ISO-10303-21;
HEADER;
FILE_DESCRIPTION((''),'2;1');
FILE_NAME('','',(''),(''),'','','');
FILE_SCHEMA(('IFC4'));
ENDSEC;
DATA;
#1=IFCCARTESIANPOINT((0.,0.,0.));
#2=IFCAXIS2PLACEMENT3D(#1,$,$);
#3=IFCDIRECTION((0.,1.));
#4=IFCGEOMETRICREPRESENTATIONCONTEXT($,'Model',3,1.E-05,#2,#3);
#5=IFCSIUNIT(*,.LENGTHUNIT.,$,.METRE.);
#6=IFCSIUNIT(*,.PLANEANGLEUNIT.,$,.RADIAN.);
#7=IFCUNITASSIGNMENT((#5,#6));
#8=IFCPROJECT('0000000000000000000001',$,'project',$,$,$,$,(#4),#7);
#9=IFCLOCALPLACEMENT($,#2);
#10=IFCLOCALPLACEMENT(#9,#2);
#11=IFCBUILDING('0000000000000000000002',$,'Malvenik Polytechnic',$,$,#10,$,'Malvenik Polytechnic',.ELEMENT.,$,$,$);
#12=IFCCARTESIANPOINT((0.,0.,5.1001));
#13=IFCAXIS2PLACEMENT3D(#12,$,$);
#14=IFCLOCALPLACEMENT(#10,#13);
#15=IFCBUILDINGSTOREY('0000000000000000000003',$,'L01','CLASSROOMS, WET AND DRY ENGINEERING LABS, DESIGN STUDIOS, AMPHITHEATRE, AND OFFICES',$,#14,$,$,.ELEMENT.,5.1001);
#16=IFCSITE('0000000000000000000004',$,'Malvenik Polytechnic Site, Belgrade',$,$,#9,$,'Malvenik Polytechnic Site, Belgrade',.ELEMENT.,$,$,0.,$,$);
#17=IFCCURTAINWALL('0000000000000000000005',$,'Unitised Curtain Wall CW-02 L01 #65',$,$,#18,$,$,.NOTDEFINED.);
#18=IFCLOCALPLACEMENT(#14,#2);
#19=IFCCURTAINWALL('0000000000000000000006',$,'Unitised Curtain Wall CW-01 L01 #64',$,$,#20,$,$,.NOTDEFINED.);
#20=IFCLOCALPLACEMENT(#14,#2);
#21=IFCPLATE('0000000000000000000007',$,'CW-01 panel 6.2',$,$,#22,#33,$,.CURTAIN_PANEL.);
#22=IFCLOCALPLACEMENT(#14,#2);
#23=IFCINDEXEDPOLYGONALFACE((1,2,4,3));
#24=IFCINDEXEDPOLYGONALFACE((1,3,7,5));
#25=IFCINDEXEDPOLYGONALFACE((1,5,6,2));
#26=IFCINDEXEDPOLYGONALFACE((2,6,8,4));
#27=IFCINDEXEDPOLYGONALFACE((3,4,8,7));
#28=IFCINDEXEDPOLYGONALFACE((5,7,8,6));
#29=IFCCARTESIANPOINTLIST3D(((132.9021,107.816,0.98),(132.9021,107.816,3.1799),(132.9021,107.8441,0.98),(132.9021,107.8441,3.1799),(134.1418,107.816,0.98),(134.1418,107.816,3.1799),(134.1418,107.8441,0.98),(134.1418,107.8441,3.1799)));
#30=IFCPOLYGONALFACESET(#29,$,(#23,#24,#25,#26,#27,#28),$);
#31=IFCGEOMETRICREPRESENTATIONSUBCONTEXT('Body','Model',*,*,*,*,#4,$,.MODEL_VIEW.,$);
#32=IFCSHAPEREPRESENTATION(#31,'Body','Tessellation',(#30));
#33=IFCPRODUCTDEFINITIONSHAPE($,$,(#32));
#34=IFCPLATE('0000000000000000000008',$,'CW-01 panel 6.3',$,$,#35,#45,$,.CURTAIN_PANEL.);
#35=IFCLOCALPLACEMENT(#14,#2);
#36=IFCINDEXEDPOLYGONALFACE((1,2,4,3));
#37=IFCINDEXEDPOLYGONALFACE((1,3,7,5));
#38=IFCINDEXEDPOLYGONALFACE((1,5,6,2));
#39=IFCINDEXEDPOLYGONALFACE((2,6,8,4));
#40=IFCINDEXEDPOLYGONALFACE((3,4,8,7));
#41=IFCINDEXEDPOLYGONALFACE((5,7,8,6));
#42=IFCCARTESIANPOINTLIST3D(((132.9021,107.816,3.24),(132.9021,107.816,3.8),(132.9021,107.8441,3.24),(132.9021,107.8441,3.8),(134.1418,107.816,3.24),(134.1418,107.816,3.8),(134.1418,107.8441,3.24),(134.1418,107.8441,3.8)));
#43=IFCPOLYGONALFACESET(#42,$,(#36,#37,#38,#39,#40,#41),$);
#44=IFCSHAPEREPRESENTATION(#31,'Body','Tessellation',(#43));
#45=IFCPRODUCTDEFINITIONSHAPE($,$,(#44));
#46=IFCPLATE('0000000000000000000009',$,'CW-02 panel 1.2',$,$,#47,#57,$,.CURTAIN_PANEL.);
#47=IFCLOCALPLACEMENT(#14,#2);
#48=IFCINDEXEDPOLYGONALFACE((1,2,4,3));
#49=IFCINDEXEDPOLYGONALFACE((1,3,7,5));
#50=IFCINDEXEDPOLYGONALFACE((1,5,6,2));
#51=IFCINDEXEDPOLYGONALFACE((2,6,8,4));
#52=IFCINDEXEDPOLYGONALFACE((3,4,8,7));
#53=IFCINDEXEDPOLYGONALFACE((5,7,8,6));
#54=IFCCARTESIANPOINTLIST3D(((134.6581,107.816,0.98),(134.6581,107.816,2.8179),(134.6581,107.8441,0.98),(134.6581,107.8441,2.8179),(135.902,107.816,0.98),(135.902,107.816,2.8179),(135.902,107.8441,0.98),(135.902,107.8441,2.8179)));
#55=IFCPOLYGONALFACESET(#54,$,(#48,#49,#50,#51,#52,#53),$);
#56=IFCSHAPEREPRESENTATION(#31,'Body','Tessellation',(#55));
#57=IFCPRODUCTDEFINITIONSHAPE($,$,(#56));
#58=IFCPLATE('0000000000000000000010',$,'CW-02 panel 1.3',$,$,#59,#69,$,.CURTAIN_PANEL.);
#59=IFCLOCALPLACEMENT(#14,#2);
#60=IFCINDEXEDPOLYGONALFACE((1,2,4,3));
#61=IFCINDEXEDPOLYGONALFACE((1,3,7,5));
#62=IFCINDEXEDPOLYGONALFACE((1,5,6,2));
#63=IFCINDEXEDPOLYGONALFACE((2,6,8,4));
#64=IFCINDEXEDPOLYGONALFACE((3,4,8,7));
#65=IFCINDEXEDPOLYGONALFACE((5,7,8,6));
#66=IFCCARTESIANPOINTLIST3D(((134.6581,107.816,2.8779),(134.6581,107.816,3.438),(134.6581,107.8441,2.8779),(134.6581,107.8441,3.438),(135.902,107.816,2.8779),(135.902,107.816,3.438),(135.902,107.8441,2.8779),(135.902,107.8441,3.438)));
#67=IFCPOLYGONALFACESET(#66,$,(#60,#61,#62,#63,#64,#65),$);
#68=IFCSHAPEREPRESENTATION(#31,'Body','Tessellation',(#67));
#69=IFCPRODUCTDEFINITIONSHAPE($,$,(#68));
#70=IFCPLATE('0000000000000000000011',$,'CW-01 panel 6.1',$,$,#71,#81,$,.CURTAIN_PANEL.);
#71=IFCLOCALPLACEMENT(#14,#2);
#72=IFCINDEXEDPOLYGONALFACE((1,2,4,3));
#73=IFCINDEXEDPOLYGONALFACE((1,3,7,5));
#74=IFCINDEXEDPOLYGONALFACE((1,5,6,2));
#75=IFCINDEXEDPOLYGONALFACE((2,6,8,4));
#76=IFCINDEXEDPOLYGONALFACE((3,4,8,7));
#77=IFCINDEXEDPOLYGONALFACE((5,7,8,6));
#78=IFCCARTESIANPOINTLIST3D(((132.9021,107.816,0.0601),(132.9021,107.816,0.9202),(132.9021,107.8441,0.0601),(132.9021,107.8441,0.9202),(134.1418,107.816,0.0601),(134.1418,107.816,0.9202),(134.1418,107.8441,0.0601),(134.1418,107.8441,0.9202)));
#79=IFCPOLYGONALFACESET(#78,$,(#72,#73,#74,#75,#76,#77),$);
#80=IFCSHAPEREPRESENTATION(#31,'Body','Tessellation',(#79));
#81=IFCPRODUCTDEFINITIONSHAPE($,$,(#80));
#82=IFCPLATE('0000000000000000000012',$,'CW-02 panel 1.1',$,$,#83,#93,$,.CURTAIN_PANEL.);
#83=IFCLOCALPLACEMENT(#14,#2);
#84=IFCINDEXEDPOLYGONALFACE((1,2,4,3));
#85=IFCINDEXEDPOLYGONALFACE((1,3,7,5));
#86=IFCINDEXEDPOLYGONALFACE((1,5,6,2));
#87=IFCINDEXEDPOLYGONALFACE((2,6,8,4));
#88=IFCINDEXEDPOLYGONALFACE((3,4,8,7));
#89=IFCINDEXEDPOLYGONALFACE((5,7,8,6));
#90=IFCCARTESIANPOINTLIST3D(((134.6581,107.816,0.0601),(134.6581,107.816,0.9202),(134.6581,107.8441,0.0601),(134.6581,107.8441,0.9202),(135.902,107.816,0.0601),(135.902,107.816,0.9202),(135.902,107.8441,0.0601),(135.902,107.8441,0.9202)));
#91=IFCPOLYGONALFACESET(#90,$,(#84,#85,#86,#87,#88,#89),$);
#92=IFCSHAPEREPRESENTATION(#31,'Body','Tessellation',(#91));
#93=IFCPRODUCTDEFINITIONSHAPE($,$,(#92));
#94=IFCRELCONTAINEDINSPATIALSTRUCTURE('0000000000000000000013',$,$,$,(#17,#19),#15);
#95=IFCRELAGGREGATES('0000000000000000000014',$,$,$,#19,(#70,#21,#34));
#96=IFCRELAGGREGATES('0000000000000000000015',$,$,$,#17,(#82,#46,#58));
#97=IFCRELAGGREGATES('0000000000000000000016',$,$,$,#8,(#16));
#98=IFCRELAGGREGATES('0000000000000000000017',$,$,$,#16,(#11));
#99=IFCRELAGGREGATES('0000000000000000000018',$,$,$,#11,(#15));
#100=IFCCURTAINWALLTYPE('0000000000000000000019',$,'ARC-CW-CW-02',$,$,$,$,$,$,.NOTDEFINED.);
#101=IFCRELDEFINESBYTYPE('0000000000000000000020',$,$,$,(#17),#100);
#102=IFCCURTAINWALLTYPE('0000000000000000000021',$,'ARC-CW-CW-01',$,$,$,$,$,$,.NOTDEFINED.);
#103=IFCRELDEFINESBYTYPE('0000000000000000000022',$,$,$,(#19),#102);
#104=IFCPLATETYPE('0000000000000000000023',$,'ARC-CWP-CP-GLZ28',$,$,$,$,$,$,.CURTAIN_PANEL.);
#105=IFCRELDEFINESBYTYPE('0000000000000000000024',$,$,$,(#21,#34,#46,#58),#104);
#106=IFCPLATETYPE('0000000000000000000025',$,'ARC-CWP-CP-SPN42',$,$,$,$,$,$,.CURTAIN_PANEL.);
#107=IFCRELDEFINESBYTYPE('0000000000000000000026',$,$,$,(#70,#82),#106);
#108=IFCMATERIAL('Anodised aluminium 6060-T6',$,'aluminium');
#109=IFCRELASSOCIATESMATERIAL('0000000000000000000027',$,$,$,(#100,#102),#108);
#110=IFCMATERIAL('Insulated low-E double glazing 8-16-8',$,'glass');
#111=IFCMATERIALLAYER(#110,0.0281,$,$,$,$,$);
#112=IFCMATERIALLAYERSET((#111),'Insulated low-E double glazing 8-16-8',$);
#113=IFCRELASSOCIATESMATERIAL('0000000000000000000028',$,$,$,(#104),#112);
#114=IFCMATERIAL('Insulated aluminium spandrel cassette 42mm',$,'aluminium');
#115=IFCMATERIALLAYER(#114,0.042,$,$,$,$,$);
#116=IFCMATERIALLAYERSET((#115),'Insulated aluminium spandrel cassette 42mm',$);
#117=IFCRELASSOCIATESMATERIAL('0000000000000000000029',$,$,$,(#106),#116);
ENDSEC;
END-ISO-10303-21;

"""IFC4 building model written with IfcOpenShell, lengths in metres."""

from ifc_helpers import new_model, si_unit, direction, frame, origin, origin_2d, place, context, subcontext, project, spatial, rectangle, extrude, material, layer, layer_set, type_object, element, aggregate, save


model = new_model("IFC4")

# Units and contexts
model_context = context("Model", 3, precision=1e-05, world=origin(), true_north=direction((0.0, 1.0)))
body_context = subcontext(model_context, "Body", "Model", "MODEL_VIEW")
ifc_project = project(units=[si_unit("LENGTHUNIT", "METRE"), si_unit("PLANEANGLEUNIT", "RADIAN")], contexts=[model_context])

# Site, building, storey
site_placement = place(None, origin())
site = spatial("IfcSite", under=ifc_project, at=site_placement, Name="Malvenik Polytechnic Site, Belgrade", LongName="Malvenik Polytechnic Site, Belgrade", CompositionType="ELEMENT", RefElevation=0.0)
building_placement = place(site_placement, origin())
building = spatial("IfcBuilding", under=site, at=building_placement, Name="Malvenik Polytechnic", LongName="Malvenik Polytechnic", CompositionType="ELEMENT")
storey_placement = place(building_placement, frame((0.0, 0.0, 5.1001)))
storey = spatial("IfcBuildingStorey", under=building, at=storey_placement, Name="L01", Description="CLASSROOMS, WET AND DRY ENGINEERING LABS, DESIGN STUDIOS, AMPHITHEATRE, AND OFFICES", CompositionType="ELEMENT", Elevation=5.1001)

# Curtain walls
ifc_material_1 = material(Name="Anodised aluminium 6060-T6", Category="aluminium")
curtain_wall_type_1 = type_object("IfcCurtainWallType", Name="ARC-CW-CW-02", PredefinedType="NOTDEFINED", material=ifc_material_1)
curtain_wall_1_placement = place(storey_placement, origin())
curtain_wall_1 = element("IfcCurtainWall", 1, at=curtain_wall_1_placement, inside=storey, type_object=curtain_wall_type_1, Name="Unitised Curtain Wall CW-02 L01 #65", PredefinedType="NOTDEFINED")
curtain_wall_type_2 = type_object("IfcCurtainWallType", Name="ARC-CW-CW-01", PredefinedType="NOTDEFINED", material=ifc_material_1)
curtain_wall_2_placement = place(storey_placement, origin())
curtain_wall_2 = element("IfcCurtainWall", 2, at=curtain_wall_2_placement, inside=storey, type_object=curtain_wall_type_2, Name="Unitised Curtain Wall CW-01 L01 #64", PredefinedType="NOTDEFINED")

# Plates
ifc_material_2 = material(Name="Insulated low-E double glazing 8-16-8", Category="glass")
ifc_layer_1 = layer(ifc_material_2, 0.0281)
ifc_layer_set_1 = layer_set([ifc_layer_1], Name="Insulated low-E double glazing 8-16-8")
plate_type_1 = type_object("IfcPlateType", Name="ARC-CWP-CP-GLZ28", PredefinedType="CURTAIN_PANEL", material=ifc_layer_set_1)
plate_1_placement = place(storey_placement, frame((133.522, 107.8301, 0.98), z_axis=(0.0, 0.0, 1.0), x_axis=(1.0, 0.0, 0.0)))
plate_1 = element("IfcPlate", 3, at=plate_1_placement, type_object=plate_type_1, Name="CW-01 panel 6.2", PredefinedType="CURTAIN_PANEL", context=body_context, shape_type="SweptSolid", body=[
    extrude(rectangle(XDim=1.2397, YDim=0.0281, at=origin_2d()), origin(), (0.0, 0.0, 1.0), 2.2),
])
plate_2_placement = place(storey_placement, frame((133.522, 107.8301, 3.24), z_axis=(0.0, 0.0, 1.0), x_axis=(1.0, 0.0, 0.0)))
plate_2 = element("IfcPlate", 4, at=plate_2_placement, type_object=plate_type_1, Name="CW-01 panel 6.3", PredefinedType="CURTAIN_PANEL", context=body_context, shape_type="SweptSolid", body=[
    extrude(rectangle(XDim=1.2397, YDim=0.0281, at=origin_2d()), origin(), (0.0, 0.0, 1.0), 0.5601),
])
plate_3_placement = place(storey_placement, frame((135.28, 107.8301, 0.98), z_axis=(0.0, 0.0, 1.0), x_axis=(1.0, 0.0, 0.0)))
plate_3 = element("IfcPlate", 5, at=plate_3_placement, type_object=plate_type_1, Name="CW-02 panel 1.2", PredefinedType="CURTAIN_PANEL", context=body_context, shape_type="SweptSolid", body=[
    extrude(rectangle(XDim=1.2439, YDim=0.0281, at=origin_2d()), origin(), (0.0, 0.0, 1.0), 1.8379),
])
plate_4_placement = place(storey_placement, frame((135.28, 107.8301, 2.8779), z_axis=(0.0, 0.0, 1.0), x_axis=(1.0, 0.0, 0.0)))
plate_4 = element("IfcPlate", 6, at=plate_4_placement, type_object=plate_type_1, Name="CW-02 panel 1.3", PredefinedType="CURTAIN_PANEL", context=body_context, shape_type="SweptSolid", body=[
    extrude(rectangle(XDim=1.2439, YDim=0.0281, at=origin_2d()), origin(), (0.0, 0.0, 1.0), 0.5601),
])
ifc_material_3 = material(Name="Insulated aluminium spandrel cassette 42mm", Category="aluminium")
ifc_layer_2 = layer(ifc_material_3, 0.042)
ifc_layer_set_2 = layer_set([ifc_layer_2], Name="Insulated aluminium spandrel cassette 42mm")
plate_type_2 = type_object("IfcPlateType", Name="ARC-CWP-CP-SPN42", PredefinedType="CURTAIN_PANEL", material=ifc_layer_set_2)
plate_5_placement = place(storey_placement, frame((133.522, 107.8301, 0.0601), z_axis=(0.0, 0.0, 1.0), x_axis=(1.0, 0.0, 0.0)))
plate_5 = element("IfcPlate", 7, at=plate_5_placement, type_object=plate_type_2, Name="CW-01 panel 6.1", PredefinedType="CURTAIN_PANEL", context=body_context, shape_type="SweptSolid", body=[
    extrude(rectangle(XDim=1.2397, YDim=0.0281, at=origin_2d()), origin(), (0.0, 0.0, 1.0), 0.8601),
])
aggregate(curtain_wall_2, [plate_5, plate_1, plate_2])
plate_6_placement = place(storey_placement, frame((135.28, 107.8301, 0.0601), z_axis=(0.0, 0.0, 1.0), x_axis=(1.0, 0.0, 0.0)))
plate_6 = element("IfcPlate", 8, at=plate_6_placement, type_object=plate_type_2, Name="CW-02 panel 1.1", PredefinedType="CURTAIN_PANEL", context=body_context, shape_type="SweptSolid", body=[
    extrude(rectangle(XDim=1.2439, YDim=0.0281, at=origin_2d()), origin(), (0.0, 0.0, 1.0), 0.8601),
])
aggregate(curtain_wall_1, [plate_6, plate_3, plate_4])

save(model, "model.ifc")
